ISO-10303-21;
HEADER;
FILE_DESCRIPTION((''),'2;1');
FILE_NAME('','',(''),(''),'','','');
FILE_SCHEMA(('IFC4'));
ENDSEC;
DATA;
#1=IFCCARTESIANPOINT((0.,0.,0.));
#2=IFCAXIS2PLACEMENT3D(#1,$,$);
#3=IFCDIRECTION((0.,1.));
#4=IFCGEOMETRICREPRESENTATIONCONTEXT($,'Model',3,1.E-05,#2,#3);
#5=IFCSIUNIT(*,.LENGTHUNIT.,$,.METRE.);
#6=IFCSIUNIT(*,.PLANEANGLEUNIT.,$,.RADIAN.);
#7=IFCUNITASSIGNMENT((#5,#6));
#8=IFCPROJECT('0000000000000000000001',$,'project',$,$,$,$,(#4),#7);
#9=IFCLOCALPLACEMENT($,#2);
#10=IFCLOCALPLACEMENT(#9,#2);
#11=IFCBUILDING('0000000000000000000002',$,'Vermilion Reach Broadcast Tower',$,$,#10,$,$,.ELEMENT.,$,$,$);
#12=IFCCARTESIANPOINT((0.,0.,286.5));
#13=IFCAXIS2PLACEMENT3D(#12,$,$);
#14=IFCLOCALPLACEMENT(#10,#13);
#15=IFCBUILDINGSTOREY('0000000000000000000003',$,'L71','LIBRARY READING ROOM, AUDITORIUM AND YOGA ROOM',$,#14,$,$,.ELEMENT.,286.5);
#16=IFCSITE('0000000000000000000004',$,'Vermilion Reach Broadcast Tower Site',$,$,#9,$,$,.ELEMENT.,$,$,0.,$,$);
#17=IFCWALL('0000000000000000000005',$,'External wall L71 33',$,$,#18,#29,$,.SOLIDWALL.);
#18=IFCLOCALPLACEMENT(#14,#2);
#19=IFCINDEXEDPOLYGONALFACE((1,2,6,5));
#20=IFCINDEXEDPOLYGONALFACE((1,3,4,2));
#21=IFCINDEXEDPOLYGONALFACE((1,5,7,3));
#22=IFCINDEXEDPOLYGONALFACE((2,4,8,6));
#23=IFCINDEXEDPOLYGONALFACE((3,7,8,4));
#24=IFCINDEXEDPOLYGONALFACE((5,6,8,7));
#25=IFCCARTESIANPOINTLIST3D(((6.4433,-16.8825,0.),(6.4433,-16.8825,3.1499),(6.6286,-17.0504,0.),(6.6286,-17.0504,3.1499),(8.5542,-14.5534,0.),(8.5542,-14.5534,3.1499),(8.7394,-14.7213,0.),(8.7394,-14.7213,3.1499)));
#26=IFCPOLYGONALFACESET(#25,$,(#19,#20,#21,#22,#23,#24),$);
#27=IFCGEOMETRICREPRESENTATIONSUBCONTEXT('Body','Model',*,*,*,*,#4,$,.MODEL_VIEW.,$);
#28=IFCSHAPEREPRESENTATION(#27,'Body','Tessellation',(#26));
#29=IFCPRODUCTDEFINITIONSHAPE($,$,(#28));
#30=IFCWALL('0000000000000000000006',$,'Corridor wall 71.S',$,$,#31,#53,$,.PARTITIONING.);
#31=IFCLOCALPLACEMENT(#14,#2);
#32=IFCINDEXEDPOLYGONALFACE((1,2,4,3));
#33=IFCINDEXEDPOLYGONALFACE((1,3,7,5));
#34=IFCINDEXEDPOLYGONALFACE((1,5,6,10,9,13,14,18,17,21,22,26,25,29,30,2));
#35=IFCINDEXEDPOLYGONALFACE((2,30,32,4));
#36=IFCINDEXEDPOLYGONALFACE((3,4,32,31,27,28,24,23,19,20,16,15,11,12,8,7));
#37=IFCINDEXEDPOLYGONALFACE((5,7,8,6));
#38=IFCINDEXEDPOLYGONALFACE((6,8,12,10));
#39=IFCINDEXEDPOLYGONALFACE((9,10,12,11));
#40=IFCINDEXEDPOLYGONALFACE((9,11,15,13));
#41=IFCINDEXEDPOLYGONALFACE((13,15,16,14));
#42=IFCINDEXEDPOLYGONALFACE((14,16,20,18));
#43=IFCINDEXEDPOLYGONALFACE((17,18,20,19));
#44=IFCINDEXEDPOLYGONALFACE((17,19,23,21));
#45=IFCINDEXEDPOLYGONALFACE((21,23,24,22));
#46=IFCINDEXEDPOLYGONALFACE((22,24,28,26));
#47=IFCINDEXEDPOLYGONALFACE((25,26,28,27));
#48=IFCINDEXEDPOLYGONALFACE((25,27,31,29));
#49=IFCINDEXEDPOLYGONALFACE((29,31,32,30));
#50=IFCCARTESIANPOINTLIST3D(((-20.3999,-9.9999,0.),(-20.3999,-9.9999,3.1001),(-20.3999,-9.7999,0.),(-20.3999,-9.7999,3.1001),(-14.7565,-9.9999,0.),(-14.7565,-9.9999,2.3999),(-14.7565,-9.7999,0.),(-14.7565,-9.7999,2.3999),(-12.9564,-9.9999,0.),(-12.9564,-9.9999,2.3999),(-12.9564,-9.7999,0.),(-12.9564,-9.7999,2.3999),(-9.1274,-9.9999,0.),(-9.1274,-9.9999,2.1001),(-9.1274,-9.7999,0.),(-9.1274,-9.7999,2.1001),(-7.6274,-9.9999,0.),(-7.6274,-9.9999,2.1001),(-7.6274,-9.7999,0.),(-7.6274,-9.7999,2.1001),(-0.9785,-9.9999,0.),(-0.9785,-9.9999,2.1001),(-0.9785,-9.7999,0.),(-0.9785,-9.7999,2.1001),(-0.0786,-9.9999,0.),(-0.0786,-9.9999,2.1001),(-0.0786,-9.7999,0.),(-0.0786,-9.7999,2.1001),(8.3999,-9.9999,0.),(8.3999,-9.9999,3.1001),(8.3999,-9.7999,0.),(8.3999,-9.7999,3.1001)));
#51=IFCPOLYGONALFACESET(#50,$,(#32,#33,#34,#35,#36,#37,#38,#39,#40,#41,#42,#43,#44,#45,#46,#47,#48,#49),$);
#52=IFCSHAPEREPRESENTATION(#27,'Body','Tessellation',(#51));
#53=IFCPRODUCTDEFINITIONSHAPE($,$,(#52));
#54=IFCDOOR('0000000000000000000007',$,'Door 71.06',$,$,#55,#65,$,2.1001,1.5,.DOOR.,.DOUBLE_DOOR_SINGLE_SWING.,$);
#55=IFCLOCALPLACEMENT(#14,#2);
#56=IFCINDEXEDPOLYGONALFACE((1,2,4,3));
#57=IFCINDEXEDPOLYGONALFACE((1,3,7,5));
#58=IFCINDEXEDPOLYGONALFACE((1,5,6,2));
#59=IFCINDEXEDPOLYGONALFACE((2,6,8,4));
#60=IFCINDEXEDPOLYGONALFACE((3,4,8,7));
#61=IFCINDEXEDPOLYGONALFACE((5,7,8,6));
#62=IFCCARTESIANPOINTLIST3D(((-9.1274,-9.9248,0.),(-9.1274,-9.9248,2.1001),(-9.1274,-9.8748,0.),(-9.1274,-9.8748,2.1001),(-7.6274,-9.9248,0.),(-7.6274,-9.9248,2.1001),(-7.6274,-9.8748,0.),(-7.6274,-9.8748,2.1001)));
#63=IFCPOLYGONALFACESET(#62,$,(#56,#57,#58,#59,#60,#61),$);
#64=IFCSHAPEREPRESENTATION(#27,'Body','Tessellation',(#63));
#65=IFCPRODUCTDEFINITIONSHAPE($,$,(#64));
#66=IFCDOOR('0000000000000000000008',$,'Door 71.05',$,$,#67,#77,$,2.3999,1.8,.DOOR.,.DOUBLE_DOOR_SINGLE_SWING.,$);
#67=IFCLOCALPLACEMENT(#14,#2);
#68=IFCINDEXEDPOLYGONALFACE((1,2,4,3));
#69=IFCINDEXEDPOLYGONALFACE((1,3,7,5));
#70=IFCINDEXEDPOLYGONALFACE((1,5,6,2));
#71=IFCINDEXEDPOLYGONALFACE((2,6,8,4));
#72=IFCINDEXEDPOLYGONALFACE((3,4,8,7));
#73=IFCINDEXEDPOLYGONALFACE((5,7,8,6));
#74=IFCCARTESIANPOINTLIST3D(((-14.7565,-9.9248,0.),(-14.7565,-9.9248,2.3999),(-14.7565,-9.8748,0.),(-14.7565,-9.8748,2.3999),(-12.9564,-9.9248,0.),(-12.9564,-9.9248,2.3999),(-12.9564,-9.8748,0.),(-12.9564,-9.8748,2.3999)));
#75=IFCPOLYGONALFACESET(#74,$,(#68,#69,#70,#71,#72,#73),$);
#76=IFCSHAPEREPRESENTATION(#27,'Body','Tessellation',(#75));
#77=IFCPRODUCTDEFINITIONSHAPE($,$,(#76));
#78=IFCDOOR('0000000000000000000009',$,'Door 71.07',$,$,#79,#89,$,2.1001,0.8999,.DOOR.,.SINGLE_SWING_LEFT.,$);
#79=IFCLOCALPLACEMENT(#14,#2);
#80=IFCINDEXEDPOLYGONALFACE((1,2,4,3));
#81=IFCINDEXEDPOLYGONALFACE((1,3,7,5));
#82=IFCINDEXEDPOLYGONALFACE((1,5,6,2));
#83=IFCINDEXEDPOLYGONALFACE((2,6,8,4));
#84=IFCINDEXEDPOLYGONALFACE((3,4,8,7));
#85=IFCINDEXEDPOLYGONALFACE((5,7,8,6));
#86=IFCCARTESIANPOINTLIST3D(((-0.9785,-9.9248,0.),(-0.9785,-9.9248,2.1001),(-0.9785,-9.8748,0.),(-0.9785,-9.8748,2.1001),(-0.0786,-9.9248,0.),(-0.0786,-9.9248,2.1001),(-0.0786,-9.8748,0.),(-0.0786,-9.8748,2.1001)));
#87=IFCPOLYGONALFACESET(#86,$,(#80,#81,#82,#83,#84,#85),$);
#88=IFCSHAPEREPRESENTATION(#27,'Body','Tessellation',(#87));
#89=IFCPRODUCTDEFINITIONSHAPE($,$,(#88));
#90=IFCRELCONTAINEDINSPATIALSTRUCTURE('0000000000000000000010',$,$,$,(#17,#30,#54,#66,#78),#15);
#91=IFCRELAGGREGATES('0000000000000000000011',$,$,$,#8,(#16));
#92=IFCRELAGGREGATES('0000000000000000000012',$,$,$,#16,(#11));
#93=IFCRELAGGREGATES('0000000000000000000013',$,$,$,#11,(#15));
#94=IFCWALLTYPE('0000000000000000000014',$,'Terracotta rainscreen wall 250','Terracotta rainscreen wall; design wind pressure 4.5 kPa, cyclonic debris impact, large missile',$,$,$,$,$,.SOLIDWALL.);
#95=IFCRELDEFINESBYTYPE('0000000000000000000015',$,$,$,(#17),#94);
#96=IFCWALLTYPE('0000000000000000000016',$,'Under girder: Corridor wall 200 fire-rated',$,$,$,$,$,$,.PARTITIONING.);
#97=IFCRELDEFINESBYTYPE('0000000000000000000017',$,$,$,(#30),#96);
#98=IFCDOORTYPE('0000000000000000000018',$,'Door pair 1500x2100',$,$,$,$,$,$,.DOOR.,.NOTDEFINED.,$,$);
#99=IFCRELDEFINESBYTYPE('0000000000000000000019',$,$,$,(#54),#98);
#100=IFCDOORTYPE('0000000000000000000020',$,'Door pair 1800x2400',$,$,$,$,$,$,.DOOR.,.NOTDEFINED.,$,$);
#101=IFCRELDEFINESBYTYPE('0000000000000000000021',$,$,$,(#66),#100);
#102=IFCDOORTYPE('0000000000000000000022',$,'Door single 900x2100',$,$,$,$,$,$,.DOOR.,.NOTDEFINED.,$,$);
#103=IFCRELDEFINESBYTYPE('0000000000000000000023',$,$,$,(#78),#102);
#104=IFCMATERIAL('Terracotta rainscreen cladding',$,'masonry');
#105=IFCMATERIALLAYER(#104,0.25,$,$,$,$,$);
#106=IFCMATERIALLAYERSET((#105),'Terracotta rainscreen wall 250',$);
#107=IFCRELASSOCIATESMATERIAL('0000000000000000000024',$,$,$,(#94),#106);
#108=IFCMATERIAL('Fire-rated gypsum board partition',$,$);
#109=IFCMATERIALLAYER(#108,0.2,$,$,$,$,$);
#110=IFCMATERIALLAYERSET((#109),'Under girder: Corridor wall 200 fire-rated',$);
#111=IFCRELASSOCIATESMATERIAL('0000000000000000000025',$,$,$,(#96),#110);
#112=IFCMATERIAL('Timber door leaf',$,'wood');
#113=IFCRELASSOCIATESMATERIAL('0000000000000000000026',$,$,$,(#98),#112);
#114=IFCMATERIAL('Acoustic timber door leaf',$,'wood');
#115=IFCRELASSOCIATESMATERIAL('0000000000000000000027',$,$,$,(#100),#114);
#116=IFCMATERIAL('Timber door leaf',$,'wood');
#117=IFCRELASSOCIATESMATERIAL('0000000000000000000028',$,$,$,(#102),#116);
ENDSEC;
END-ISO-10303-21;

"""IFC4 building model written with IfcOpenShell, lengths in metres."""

from ifc_helpers import new_model, si_unit, direction, frame, frame_2d, origin, place, context, subcontext, project, spatial, rectangle, extrude, material, layer, layer_set, type_object, element, fill, save


model = new_model("IFC4")

# Units and contexts
model_context = context("Model", 3, precision=1e-05, world=origin(), true_north=direction((0.0, 1.0)))
body_context = subcontext(model_context, "Body", "Model", "MODEL_VIEW")
ifc_project = project(units=[si_unit("LENGTHUNIT", "METRE"), si_unit("PLANEANGLEUNIT", "RADIAN")], contexts=[model_context])

# Site, building, storey
site_placement = place(None, origin())
site = spatial("IfcSite", under=ifc_project, at=site_placement, Name="Vermilion Reach Broadcast Tower Site", CompositionType="ELEMENT", RefElevation=0.0)
building_placement = place(site_placement, origin())
building = spatial("IfcBuilding", under=site, at=building_placement, Name="Vermilion Reach Broadcast Tower", CompositionType="ELEMENT")
storey_placement = place(building_placement, frame((0.0, 0.0, 286.5)))
storey = spatial("IfcBuildingStorey", under=building, at=storey_placement, Name="L71", Description="LIBRARY READING ROOM, AUDITORIUM AND YOGA ROOM", CompositionType="ELEMENT", Elevation=286.5)

# Shared definitions
ifc_material_1 = material(Name="Terracotta rainscreen cladding", Category="masonry")
ifc_layer_1 = layer(ifc_material_1, 0.25)
ifc_layer_set_1 = layer_set([ifc_layer_1], Name="Terracotta rainscreen wall 250")
wall_type_1 = type_object("IfcWallType", Name="Terracotta rainscreen wall 250", Description="Terracotta rainscreen wall; design wind pressure 4.5 kPa, cyclonic debris impact, large missile", PredefinedType="SOLIDWALL", material=ifc_layer_set_1)

# Wall
wall_1_placement = place(storey_placement, frame((6.5359, -16.9666, 0.0), z_axis=(0.0, 0.0, 1.0), x_axis=(0.671535, 0.740972, 0.0)))
element("IfcWall", 1, at=wall_1_placement, inside=storey, type_object=wall_type_1, Name="External wall L71 33", PredefinedType="SOLIDWALL", context=body_context, shape_type="SweptSolid", body=[
    extrude(rectangle(XDim=3.1433, YDim=0.25, at=frame_2d((1.5718, 0.0))), origin(), (0.0, 0.0, 1.0), 3.1499),
])

# Wall, openings, doors
ifc_material_2 = material(Name="Fire-rated gypsum board partition")
ifc_layer_2 = layer(ifc_material_2, 0.2)
ifc_layer_set_2 = layer_set([ifc_layer_2], Name="Under girder: Corridor wall 200 fire-rated")
wall_type_2 = type_object("IfcWallType", Name="Under girder: Corridor wall 200 fire-rated", PredefinedType="PARTITIONING", material=ifc_layer_set_2)
wall_2_placement = place(storey_placement, frame((8.3999, -9.8999, 0.0), z_axis=(0.0, 0.0, 1.0), x_axis=(-1.0, 0.0, 0.0)))
wall_2 = element("IfcWall", 2, at=wall_2_placement, inside=storey, type_object=wall_type_2, Name="Corridor wall 71.S", PredefinedType="PARTITIONING", context=body_context, shape_type="SweptSolid", body=[
    extrude(rectangle(XDim=28.7998, YDim=0.2, at=frame_2d((14.3999, 0.0))), origin(), (0.0, 0.0, 1.0), 3.1001),
])
opening_1_placement = place(wall_2_placement, frame((21.3564, 0.0, 0.0)))
opening_1 = element("IfcOpeningElement", 3, at=opening_1_placement, cuts=wall_2, PredefinedType="OPENING", context=body_context, shape_type="SweptSolid", body=[
    extrude(rectangle(XDim=1.8, YDim=2.3999, at=frame_2d((0.8999, 1.2))), frame((0.0, 0.1099, 0.0), z_axis=(0.0, -1.0, 0.0), x_axis=(1.0, 0.0, 0.0)), (0.0, 0.0, 1.0), 0.22),
])
opening_2_placement = place(wall_2_placement, frame((16.0273, 0.0, 0.0)))
opening_2 = element("IfcOpeningElement", 4, at=opening_2_placement, cuts=wall_2, PredefinedType="OPENING", context=body_context, shape_type="SweptSolid", body=[
    extrude(rectangle(XDim=1.5, YDim=2.1001, at=frame_2d((0.75, 1.05))), frame((0.0, 0.1099, 0.0), z_axis=(0.0, -1.0, 0.0), x_axis=(1.0, 0.0, 0.0)), (0.0, 0.0, 1.0), 0.22),
])
opening_3_placement = place(wall_2_placement, frame((8.4785, 0.0, 0.0)))
opening_3 = element("IfcOpeningElement", 5, at=opening_3_placement, cuts=wall_2, PredefinedType="OPENING", context=body_context, shape_type="SweptSolid", body=[
    extrude(rectangle(XDim=0.8999, YDim=2.1001, at=frame_2d((0.45, 1.05))), frame((0.0, 0.1099, 0.0), z_axis=(0.0, -1.0, 0.0), x_axis=(1.0, 0.0, 0.0)), (0.0, 0.0, 1.0), 0.22),
])
ifc_material_3 = material(Name="Timber door leaf", Category="wood")
door_type_1 = type_object("IfcDoorType", Name="Door pair 1500x2100", OperationType="NOTDEFINED", PredefinedType="DOOR", material=ifc_material_3)
door_1_placement = place(opening_2_placement, origin())
door_1 = element("IfcDoor", 6, at=door_1_placement, inside=storey, type_object=door_type_1, Name="Door 71.06", OperationType="DOUBLE_DOOR_SINGLE_SWING", OverallHeight=2.1001, OverallWidth=1.5, PredefinedType="DOOR", context=body_context, shape_type="SweptSolid", body=[
    extrude(rectangle(XDim=1.5, YDim=2.1001, at=frame_2d((0.75, 1.05))), frame((0.0, 0.0249, 0.0), z_axis=(0.0, -1.0, 0.0), x_axis=(1.0, 0.0, 0.0)), (0.0, 0.0, 1.0), 0.05),
])
fill(opening_2, door_1)
ifc_material_4 = material(Name="Acoustic timber door leaf", Category="wood")
door_type_2 = type_object("IfcDoorType", Name="Door pair 1800x2400", OperationType="NOTDEFINED", PredefinedType="DOOR", material=ifc_material_4)
door_2_placement = place(opening_1_placement, origin())
door_2 = element("IfcDoor", 7, at=door_2_placement, inside=storey, type_object=door_type_2, Name="Door 71.05", OperationType="DOUBLE_DOOR_SINGLE_SWING", OverallHeight=2.3999, OverallWidth=1.8, PredefinedType="DOOR", context=body_context, shape_type="SweptSolid", body=[
    extrude(rectangle(XDim=1.8, YDim=2.3999, at=frame_2d((0.8999, 1.2))), frame((0.0, 0.0249, 0.0), z_axis=(0.0, -1.0, 0.0), x_axis=(1.0, 0.0, 0.0)), (0.0, 0.0, 1.0), 0.05),
])
fill(opening_1, door_2)
ifc_material_5 = material(Name="Timber door leaf", Category="wood")
door_type_3 = type_object("IfcDoorType", Name="Door single 900x2100", OperationType="NOTDEFINED", PredefinedType="DOOR", material=ifc_material_5)
door_3_placement = place(opening_3_placement, origin())
door_3 = element("IfcDoor", 8, at=door_3_placement, inside=storey, type_object=door_type_3, Name="Door 71.07", OperationType="SINGLE_SWING_LEFT", OverallHeight=2.1001, OverallWidth=0.8999, PredefinedType="DOOR", context=body_context, shape_type="SweptSolid", body=[
    extrude(rectangle(XDim=0.8999, YDim=2.1001, at=frame_2d((0.45, 1.05))), frame((0.0, 0.0249, 0.0), z_axis=(0.0, -1.0, 0.0), x_axis=(1.0, 0.0, 0.0)), (0.0, 0.0, 1.0), 0.05),
])
fill(opening_3, door_3)

save(model, "model.ifc")
